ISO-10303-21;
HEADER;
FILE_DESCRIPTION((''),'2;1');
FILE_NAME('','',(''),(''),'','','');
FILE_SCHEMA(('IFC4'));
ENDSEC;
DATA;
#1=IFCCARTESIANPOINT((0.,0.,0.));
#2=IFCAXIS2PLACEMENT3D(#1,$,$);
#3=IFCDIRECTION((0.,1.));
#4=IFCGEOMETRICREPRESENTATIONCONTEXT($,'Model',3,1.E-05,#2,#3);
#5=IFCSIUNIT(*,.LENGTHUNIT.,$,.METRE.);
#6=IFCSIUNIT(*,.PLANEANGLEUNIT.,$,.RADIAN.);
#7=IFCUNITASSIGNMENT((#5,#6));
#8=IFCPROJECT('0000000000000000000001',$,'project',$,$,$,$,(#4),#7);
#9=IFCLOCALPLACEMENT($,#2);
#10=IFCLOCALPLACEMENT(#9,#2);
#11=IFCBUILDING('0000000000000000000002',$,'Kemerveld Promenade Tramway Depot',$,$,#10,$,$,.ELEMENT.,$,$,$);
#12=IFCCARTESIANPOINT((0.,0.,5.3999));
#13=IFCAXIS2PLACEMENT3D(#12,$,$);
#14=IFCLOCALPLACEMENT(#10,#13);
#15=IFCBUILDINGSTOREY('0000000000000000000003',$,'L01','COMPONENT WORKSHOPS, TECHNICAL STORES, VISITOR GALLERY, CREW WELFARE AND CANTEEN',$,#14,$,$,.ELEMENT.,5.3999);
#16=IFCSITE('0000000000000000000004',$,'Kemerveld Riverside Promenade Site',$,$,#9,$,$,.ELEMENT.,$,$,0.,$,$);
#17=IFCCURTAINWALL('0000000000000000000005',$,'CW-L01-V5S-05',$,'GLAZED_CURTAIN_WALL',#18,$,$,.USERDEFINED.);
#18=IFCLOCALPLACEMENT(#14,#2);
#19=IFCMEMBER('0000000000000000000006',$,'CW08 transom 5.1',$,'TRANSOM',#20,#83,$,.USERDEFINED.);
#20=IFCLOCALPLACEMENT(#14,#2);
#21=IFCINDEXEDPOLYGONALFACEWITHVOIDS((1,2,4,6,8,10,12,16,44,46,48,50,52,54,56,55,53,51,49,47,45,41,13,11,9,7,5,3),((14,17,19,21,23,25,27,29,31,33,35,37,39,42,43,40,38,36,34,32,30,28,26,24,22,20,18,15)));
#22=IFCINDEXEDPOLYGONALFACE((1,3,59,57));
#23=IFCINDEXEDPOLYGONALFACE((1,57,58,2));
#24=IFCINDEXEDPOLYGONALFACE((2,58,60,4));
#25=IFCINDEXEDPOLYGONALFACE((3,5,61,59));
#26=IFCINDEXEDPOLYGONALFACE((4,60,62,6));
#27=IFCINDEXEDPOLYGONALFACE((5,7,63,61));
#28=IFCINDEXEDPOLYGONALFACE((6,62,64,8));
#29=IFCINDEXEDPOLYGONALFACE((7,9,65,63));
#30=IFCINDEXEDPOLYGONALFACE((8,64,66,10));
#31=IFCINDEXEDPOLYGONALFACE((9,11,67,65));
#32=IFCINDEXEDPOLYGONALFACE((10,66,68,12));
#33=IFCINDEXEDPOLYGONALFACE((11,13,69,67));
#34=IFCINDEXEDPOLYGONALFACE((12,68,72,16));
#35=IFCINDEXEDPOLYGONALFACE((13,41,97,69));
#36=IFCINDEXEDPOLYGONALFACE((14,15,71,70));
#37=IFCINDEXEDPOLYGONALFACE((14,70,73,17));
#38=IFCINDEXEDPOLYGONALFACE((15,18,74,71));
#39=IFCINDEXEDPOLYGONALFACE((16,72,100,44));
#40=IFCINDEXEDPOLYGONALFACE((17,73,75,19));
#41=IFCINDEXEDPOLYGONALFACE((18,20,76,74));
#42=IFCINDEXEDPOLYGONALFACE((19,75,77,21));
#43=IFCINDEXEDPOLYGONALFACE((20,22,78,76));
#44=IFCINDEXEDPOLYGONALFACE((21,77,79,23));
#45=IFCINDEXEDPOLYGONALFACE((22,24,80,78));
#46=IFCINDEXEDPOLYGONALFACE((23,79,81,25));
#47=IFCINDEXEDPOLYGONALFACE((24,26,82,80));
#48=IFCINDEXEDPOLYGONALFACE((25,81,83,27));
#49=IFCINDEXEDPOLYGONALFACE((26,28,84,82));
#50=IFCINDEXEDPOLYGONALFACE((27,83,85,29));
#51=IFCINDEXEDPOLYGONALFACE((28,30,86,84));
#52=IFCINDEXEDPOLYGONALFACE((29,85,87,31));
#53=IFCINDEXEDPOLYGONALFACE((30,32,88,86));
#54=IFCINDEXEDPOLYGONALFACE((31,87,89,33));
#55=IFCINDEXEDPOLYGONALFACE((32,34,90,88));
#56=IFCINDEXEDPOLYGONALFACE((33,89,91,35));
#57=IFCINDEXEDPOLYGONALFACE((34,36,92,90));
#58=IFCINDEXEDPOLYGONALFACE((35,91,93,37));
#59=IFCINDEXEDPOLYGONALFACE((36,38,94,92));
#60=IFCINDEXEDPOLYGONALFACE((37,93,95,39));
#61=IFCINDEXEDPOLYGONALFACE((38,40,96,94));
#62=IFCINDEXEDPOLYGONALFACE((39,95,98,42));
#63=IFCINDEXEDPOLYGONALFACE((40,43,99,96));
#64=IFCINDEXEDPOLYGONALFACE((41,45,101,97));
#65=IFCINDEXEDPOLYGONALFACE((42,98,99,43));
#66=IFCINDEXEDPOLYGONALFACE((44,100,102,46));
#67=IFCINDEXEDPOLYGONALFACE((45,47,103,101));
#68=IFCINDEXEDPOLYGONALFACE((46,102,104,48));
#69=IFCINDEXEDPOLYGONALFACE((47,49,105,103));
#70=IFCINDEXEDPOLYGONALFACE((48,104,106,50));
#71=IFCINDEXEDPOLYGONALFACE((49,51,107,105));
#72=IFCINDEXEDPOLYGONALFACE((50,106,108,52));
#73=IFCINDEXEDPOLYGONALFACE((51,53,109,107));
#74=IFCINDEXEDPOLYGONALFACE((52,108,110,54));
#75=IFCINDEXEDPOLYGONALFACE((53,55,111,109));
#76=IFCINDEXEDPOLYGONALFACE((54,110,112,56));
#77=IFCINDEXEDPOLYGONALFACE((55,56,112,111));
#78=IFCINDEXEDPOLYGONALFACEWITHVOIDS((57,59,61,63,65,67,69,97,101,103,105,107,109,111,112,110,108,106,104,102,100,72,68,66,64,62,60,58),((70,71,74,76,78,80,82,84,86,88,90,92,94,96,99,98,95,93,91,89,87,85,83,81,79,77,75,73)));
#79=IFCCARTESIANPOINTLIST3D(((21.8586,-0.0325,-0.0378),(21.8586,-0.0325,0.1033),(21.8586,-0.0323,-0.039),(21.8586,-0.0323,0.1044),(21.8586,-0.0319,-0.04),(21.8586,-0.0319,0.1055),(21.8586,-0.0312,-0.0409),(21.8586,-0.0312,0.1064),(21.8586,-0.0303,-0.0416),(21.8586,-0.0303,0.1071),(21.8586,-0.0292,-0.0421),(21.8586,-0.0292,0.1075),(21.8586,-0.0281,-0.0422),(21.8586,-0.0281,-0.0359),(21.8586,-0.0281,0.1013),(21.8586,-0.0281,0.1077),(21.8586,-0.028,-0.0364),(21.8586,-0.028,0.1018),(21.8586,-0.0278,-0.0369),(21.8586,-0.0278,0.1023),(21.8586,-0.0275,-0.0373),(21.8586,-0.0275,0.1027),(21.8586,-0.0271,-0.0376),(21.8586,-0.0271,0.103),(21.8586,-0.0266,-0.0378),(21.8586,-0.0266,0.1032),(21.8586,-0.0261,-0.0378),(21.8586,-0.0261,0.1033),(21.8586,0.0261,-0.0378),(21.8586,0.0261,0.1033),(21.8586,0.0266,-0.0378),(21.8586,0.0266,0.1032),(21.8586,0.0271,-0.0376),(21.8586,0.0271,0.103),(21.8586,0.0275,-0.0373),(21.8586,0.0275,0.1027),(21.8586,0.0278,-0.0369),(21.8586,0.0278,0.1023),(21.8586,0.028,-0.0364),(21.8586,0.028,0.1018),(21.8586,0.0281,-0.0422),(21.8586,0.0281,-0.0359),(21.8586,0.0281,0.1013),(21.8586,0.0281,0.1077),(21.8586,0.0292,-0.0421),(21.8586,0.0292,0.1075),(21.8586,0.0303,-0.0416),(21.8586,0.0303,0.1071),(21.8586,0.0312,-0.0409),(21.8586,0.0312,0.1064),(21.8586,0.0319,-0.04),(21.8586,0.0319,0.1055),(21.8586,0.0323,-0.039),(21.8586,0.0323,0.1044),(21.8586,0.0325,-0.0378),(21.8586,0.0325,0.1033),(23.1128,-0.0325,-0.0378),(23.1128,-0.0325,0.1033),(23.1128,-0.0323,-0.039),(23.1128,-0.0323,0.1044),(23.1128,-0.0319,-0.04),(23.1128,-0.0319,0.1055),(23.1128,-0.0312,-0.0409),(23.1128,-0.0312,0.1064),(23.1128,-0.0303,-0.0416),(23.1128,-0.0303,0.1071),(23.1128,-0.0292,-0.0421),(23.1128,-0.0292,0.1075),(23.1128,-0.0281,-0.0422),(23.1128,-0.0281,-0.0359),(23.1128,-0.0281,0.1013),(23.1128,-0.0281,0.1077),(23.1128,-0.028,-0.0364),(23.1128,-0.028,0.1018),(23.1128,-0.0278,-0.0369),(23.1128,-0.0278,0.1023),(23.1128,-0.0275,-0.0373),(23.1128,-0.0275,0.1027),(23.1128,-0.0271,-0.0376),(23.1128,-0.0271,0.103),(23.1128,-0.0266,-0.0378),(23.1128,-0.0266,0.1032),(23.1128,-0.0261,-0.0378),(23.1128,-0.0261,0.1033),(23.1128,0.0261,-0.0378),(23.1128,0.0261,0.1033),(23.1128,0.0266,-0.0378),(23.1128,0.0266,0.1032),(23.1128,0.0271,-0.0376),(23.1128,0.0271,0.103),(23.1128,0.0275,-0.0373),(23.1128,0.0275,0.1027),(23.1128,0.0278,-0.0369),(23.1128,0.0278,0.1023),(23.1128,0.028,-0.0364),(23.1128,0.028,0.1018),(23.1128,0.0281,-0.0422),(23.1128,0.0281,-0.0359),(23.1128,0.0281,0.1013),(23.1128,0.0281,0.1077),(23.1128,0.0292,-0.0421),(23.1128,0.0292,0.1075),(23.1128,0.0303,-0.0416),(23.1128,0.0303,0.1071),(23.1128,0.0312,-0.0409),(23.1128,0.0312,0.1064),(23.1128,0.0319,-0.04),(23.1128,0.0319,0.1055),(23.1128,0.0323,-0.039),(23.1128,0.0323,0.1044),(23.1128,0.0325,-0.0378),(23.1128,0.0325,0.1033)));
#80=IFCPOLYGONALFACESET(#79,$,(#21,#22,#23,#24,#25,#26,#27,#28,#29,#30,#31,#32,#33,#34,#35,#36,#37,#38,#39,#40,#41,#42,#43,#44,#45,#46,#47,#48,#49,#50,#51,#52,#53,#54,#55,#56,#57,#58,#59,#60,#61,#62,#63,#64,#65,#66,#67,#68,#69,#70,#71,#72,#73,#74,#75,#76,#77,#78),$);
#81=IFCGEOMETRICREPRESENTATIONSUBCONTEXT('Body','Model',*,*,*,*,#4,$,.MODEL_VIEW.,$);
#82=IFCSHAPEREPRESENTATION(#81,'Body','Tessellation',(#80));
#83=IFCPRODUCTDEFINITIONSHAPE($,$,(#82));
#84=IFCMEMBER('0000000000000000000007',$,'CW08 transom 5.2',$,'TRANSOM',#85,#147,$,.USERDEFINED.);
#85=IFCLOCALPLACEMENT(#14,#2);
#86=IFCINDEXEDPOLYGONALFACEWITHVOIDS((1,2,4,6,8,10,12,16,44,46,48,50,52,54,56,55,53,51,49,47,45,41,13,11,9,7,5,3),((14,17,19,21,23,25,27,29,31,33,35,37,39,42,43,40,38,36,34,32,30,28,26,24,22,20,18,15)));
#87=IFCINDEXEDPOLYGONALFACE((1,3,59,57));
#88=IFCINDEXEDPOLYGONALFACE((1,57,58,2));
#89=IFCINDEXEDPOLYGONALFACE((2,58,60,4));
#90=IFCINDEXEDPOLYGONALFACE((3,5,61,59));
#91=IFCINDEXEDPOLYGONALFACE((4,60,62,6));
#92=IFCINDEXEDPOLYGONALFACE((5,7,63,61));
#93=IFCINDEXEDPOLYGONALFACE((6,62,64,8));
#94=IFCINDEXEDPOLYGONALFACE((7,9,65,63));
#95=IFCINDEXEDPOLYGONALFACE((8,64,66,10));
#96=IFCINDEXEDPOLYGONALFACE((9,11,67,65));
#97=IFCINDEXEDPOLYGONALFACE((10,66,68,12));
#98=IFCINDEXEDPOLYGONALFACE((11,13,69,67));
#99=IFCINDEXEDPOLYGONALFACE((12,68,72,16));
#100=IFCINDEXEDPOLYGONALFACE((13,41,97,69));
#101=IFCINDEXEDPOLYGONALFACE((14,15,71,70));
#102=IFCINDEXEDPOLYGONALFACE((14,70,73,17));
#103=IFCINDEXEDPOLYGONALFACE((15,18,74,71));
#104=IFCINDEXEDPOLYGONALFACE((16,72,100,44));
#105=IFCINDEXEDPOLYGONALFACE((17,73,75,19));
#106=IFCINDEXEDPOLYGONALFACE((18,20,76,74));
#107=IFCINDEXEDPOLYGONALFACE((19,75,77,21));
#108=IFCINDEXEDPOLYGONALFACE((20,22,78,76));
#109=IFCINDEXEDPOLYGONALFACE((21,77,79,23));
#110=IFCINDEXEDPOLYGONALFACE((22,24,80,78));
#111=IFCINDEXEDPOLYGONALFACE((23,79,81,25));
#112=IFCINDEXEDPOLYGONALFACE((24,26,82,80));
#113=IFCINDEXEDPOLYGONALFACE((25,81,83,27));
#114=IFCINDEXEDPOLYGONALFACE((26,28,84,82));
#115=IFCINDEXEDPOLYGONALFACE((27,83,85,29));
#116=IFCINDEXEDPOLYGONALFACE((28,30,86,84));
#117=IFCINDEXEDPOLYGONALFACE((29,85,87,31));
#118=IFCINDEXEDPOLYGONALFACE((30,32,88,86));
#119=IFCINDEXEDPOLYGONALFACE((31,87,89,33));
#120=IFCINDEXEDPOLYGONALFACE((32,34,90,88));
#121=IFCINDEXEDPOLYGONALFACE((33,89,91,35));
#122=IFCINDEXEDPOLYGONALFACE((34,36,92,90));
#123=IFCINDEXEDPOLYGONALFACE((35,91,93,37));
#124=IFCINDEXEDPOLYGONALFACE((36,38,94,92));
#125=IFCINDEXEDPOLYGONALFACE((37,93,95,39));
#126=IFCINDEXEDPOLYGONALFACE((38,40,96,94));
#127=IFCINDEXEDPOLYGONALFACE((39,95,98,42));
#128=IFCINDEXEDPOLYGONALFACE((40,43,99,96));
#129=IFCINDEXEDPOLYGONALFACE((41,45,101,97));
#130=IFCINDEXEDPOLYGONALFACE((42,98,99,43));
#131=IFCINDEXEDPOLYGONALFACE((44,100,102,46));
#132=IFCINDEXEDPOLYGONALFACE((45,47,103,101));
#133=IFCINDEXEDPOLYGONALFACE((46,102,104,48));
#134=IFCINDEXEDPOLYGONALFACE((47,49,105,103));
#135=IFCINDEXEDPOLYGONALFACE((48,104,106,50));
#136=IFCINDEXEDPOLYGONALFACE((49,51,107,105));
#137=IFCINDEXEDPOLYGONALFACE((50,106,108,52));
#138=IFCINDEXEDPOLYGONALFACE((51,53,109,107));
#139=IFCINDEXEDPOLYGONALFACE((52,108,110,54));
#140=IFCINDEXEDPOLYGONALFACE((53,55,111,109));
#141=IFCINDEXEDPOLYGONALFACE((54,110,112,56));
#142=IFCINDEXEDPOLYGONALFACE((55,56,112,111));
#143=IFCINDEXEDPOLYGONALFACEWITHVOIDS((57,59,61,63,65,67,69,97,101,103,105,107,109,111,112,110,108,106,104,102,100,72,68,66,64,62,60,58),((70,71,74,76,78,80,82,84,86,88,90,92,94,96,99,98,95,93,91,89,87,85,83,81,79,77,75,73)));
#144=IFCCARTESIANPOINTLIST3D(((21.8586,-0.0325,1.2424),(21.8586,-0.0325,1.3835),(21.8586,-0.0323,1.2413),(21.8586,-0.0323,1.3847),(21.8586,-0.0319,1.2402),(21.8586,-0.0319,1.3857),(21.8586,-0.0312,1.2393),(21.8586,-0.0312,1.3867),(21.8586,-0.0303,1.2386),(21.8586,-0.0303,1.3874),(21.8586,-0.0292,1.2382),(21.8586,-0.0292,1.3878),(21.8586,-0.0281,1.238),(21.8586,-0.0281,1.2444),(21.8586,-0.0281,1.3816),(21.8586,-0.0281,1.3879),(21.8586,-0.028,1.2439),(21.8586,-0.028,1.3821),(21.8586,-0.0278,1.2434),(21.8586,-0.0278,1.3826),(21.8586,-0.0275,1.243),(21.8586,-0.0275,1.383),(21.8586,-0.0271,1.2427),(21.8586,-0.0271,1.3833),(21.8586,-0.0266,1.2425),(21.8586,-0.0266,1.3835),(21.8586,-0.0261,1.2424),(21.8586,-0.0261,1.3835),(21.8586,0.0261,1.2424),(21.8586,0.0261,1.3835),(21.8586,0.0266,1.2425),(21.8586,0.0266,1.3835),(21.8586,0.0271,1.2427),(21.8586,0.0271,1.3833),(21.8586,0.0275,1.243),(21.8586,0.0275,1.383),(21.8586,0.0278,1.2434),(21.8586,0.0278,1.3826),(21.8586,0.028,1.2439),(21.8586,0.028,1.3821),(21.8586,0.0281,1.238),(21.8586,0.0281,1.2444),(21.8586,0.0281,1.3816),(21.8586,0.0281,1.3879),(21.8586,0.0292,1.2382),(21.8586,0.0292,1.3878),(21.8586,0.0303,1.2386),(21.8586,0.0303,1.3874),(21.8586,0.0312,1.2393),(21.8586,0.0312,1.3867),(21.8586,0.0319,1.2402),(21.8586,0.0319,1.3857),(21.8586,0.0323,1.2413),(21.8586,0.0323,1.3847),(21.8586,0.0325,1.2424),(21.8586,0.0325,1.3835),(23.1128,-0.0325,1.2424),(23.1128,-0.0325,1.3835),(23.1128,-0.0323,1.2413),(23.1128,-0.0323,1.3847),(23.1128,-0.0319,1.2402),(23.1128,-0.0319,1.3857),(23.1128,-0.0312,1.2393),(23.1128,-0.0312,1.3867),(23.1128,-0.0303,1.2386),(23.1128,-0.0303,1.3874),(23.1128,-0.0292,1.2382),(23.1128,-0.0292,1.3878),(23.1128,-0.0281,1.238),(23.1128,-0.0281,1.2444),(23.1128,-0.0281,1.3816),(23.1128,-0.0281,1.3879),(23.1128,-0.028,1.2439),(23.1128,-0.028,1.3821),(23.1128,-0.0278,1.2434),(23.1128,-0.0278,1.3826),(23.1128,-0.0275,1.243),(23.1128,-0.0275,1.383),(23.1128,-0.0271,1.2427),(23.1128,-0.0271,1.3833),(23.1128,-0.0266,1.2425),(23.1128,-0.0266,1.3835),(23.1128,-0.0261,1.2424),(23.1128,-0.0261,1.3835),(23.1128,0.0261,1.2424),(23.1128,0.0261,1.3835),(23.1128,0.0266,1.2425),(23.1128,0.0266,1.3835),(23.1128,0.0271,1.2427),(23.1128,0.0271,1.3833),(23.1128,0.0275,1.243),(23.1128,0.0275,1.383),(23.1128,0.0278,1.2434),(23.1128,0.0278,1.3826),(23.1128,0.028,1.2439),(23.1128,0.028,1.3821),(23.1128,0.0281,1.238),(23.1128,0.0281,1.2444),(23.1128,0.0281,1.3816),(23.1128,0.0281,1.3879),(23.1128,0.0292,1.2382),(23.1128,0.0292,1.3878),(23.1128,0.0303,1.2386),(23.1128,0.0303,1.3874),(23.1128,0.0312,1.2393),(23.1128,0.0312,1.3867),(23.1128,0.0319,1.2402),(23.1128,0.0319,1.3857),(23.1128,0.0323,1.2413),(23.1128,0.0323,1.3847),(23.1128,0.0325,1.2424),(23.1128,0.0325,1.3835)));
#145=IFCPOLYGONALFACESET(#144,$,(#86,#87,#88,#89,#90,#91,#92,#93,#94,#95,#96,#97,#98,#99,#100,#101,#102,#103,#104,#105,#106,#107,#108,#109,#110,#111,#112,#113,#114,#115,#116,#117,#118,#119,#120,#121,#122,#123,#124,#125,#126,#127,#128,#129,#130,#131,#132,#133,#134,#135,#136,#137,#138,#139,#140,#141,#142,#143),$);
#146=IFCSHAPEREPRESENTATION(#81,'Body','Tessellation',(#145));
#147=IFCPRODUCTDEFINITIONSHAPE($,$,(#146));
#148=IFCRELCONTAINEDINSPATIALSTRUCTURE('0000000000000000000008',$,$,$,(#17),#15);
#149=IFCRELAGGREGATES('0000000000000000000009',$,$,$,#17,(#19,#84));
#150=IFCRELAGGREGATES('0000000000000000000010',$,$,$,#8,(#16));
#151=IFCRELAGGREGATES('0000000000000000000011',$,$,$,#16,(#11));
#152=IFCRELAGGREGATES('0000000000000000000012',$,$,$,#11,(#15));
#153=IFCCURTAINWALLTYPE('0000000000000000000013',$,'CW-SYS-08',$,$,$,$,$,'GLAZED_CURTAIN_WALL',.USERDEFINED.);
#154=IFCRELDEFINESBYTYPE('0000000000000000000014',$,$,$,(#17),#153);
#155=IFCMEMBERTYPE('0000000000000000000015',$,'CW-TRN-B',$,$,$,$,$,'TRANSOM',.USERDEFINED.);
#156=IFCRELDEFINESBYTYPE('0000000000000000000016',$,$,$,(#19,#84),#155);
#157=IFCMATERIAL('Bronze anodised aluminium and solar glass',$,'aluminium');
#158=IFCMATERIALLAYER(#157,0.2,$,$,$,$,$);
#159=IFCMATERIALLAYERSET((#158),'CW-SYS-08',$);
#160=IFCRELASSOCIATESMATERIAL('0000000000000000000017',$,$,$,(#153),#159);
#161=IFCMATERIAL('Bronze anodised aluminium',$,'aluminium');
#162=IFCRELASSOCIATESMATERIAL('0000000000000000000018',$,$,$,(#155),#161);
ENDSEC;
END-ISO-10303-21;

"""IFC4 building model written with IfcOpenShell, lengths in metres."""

from ifc_helpers import new_model, si_unit, direction, frame, origin, origin_2d, place, context, subcontext, project, spatial, hollow_rectangle, extrude, material, layer, layer_set, material_profile, profile_set, type_object, element, aggregate, save


model = new_model("IFC4")

# Units and contexts
model_context = context("Model", 3, precision=1e-05, world=origin(), true_north=direction((0.0, 1.0)))
body_context = subcontext(model_context, "Body", "Model", "MODEL_VIEW")
ifc_project = project(units=[si_unit("LENGTHUNIT", "METRE"), si_unit("PLANEANGLEUNIT", "RADIAN")], contexts=[model_context])

# Site, building, storey
site_placement = place(None, origin())
site = spatial("IfcSite", under=ifc_project, at=site_placement, Name="Kemerveld Riverside Promenade Site", CompositionType="ELEMENT", RefElevation=0.0)
building_placement = place(site_placement, origin())
building = spatial("IfcBuilding", under=site, at=building_placement, Name="Kemerveld Promenade Tramway Depot", CompositionType="ELEMENT")
storey_placement = place(building_placement, frame((0.0, 0.0, 5.3999)))
storey = spatial("IfcBuildingStorey", under=building, at=storey_placement, Name="L01", Description="COMPONENT WORKSHOPS, TECHNICAL STORES, VISITOR GALLERY, CREW WELFARE AND CANTEEN", CompositionType="ELEMENT", Elevation=5.3999)

# Curtain wall, members
ifc_material_1 = material(Name="Bronze anodised aluminium and solar glass", Category="aluminium")
ifc_layer_1 = layer(ifc_material_1, 0.2)
ifc_layer_set_1 = layer_set([ifc_layer_1], Name="CW-SYS-08")
curtain_wall_type = type_object("IfcCurtainWallType", Name="CW-SYS-08", ElementType="GLAZED_CURTAIN_WALL", PredefinedType="USERDEFINED", material=ifc_layer_set_1)
curtain_wall_placement = place(storey_placement, origin())
curtain_wall = element("IfcCurtainWall", 1, at=curtain_wall_placement, inside=storey, type_object=curtain_wall_type, Name="CW-L01-V5S-05", ObjectType="GLAZED_CURTAIN_WALL", PredefinedType="USERDEFINED")
ifc_material_2 = material(Name="Bronze anodised aluminium", Category="aluminium")
ifc_material_profile_1 = material_profile(ifc_material_2, hollow_rectangle(XDim=0.0649, YDim=0.1499, WallThickness=0.0044, InnerFilletRadius=0.002, OuterFilletRadius=0.0044, at=origin_2d()), Name="CW-TRN-150x65")
ifc_profile_set_1 = profile_set([ifc_material_profile_1], Name="Bronze anodised aluminium")
member_type_1 = type_object("IfcMemberType", Name="CW-TRN-B", ElementType="TRANSOM", PredefinedType="USERDEFINED", material=ifc_profile_set_1)
member_1_placement = place(storey_placement, frame((23.1128, 0.0, 0.0327), z_axis=(-1.0, 0.0, 0.0), x_axis=(0.0, -1.0, 0.0)))
member_1 = element("IfcMember", 2, at=member_1_placement, type_object=member_type_1, Name="CW08 transom 5.1", ObjectType="TRANSOM", PredefinedType="USERDEFINED", context=body_context, shape_type="SweptSolid", body=[
    extrude(hollow_rectangle(XDim=0.0649, YDim=0.1499, WallThickness=0.0044, InnerFilletRadius=0.002, OuterFilletRadius=0.0044, at=origin_2d()), origin(), (0.0, 0.0, 1.0), 1.2542),
])
member_2_placement = place(storey_placement, frame((23.1128, 0.0, 1.313), z_axis=(-1.0, 0.0, 0.0), x_axis=(0.0, -1.0, 0.0)))
member_2 = element("IfcMember", 3, at=member_2_placement, type_object=member_type_1, Name="CW08 transom 5.2", ObjectType="TRANSOM", PredefinedType="USERDEFINED", context=body_context, shape_type="SweptSolid", body=[
    extrude(hollow_rectangle(XDim=0.0649, YDim=0.1499, WallThickness=0.0044, InnerFilletRadius=0.002, OuterFilletRadius=0.0044, at=origin_2d()), origin(), (0.0, 0.0, 1.0), 1.2542),
])
aggregate(curtain_wall, [member_1, member_2])

save(model, "model.ifc")
